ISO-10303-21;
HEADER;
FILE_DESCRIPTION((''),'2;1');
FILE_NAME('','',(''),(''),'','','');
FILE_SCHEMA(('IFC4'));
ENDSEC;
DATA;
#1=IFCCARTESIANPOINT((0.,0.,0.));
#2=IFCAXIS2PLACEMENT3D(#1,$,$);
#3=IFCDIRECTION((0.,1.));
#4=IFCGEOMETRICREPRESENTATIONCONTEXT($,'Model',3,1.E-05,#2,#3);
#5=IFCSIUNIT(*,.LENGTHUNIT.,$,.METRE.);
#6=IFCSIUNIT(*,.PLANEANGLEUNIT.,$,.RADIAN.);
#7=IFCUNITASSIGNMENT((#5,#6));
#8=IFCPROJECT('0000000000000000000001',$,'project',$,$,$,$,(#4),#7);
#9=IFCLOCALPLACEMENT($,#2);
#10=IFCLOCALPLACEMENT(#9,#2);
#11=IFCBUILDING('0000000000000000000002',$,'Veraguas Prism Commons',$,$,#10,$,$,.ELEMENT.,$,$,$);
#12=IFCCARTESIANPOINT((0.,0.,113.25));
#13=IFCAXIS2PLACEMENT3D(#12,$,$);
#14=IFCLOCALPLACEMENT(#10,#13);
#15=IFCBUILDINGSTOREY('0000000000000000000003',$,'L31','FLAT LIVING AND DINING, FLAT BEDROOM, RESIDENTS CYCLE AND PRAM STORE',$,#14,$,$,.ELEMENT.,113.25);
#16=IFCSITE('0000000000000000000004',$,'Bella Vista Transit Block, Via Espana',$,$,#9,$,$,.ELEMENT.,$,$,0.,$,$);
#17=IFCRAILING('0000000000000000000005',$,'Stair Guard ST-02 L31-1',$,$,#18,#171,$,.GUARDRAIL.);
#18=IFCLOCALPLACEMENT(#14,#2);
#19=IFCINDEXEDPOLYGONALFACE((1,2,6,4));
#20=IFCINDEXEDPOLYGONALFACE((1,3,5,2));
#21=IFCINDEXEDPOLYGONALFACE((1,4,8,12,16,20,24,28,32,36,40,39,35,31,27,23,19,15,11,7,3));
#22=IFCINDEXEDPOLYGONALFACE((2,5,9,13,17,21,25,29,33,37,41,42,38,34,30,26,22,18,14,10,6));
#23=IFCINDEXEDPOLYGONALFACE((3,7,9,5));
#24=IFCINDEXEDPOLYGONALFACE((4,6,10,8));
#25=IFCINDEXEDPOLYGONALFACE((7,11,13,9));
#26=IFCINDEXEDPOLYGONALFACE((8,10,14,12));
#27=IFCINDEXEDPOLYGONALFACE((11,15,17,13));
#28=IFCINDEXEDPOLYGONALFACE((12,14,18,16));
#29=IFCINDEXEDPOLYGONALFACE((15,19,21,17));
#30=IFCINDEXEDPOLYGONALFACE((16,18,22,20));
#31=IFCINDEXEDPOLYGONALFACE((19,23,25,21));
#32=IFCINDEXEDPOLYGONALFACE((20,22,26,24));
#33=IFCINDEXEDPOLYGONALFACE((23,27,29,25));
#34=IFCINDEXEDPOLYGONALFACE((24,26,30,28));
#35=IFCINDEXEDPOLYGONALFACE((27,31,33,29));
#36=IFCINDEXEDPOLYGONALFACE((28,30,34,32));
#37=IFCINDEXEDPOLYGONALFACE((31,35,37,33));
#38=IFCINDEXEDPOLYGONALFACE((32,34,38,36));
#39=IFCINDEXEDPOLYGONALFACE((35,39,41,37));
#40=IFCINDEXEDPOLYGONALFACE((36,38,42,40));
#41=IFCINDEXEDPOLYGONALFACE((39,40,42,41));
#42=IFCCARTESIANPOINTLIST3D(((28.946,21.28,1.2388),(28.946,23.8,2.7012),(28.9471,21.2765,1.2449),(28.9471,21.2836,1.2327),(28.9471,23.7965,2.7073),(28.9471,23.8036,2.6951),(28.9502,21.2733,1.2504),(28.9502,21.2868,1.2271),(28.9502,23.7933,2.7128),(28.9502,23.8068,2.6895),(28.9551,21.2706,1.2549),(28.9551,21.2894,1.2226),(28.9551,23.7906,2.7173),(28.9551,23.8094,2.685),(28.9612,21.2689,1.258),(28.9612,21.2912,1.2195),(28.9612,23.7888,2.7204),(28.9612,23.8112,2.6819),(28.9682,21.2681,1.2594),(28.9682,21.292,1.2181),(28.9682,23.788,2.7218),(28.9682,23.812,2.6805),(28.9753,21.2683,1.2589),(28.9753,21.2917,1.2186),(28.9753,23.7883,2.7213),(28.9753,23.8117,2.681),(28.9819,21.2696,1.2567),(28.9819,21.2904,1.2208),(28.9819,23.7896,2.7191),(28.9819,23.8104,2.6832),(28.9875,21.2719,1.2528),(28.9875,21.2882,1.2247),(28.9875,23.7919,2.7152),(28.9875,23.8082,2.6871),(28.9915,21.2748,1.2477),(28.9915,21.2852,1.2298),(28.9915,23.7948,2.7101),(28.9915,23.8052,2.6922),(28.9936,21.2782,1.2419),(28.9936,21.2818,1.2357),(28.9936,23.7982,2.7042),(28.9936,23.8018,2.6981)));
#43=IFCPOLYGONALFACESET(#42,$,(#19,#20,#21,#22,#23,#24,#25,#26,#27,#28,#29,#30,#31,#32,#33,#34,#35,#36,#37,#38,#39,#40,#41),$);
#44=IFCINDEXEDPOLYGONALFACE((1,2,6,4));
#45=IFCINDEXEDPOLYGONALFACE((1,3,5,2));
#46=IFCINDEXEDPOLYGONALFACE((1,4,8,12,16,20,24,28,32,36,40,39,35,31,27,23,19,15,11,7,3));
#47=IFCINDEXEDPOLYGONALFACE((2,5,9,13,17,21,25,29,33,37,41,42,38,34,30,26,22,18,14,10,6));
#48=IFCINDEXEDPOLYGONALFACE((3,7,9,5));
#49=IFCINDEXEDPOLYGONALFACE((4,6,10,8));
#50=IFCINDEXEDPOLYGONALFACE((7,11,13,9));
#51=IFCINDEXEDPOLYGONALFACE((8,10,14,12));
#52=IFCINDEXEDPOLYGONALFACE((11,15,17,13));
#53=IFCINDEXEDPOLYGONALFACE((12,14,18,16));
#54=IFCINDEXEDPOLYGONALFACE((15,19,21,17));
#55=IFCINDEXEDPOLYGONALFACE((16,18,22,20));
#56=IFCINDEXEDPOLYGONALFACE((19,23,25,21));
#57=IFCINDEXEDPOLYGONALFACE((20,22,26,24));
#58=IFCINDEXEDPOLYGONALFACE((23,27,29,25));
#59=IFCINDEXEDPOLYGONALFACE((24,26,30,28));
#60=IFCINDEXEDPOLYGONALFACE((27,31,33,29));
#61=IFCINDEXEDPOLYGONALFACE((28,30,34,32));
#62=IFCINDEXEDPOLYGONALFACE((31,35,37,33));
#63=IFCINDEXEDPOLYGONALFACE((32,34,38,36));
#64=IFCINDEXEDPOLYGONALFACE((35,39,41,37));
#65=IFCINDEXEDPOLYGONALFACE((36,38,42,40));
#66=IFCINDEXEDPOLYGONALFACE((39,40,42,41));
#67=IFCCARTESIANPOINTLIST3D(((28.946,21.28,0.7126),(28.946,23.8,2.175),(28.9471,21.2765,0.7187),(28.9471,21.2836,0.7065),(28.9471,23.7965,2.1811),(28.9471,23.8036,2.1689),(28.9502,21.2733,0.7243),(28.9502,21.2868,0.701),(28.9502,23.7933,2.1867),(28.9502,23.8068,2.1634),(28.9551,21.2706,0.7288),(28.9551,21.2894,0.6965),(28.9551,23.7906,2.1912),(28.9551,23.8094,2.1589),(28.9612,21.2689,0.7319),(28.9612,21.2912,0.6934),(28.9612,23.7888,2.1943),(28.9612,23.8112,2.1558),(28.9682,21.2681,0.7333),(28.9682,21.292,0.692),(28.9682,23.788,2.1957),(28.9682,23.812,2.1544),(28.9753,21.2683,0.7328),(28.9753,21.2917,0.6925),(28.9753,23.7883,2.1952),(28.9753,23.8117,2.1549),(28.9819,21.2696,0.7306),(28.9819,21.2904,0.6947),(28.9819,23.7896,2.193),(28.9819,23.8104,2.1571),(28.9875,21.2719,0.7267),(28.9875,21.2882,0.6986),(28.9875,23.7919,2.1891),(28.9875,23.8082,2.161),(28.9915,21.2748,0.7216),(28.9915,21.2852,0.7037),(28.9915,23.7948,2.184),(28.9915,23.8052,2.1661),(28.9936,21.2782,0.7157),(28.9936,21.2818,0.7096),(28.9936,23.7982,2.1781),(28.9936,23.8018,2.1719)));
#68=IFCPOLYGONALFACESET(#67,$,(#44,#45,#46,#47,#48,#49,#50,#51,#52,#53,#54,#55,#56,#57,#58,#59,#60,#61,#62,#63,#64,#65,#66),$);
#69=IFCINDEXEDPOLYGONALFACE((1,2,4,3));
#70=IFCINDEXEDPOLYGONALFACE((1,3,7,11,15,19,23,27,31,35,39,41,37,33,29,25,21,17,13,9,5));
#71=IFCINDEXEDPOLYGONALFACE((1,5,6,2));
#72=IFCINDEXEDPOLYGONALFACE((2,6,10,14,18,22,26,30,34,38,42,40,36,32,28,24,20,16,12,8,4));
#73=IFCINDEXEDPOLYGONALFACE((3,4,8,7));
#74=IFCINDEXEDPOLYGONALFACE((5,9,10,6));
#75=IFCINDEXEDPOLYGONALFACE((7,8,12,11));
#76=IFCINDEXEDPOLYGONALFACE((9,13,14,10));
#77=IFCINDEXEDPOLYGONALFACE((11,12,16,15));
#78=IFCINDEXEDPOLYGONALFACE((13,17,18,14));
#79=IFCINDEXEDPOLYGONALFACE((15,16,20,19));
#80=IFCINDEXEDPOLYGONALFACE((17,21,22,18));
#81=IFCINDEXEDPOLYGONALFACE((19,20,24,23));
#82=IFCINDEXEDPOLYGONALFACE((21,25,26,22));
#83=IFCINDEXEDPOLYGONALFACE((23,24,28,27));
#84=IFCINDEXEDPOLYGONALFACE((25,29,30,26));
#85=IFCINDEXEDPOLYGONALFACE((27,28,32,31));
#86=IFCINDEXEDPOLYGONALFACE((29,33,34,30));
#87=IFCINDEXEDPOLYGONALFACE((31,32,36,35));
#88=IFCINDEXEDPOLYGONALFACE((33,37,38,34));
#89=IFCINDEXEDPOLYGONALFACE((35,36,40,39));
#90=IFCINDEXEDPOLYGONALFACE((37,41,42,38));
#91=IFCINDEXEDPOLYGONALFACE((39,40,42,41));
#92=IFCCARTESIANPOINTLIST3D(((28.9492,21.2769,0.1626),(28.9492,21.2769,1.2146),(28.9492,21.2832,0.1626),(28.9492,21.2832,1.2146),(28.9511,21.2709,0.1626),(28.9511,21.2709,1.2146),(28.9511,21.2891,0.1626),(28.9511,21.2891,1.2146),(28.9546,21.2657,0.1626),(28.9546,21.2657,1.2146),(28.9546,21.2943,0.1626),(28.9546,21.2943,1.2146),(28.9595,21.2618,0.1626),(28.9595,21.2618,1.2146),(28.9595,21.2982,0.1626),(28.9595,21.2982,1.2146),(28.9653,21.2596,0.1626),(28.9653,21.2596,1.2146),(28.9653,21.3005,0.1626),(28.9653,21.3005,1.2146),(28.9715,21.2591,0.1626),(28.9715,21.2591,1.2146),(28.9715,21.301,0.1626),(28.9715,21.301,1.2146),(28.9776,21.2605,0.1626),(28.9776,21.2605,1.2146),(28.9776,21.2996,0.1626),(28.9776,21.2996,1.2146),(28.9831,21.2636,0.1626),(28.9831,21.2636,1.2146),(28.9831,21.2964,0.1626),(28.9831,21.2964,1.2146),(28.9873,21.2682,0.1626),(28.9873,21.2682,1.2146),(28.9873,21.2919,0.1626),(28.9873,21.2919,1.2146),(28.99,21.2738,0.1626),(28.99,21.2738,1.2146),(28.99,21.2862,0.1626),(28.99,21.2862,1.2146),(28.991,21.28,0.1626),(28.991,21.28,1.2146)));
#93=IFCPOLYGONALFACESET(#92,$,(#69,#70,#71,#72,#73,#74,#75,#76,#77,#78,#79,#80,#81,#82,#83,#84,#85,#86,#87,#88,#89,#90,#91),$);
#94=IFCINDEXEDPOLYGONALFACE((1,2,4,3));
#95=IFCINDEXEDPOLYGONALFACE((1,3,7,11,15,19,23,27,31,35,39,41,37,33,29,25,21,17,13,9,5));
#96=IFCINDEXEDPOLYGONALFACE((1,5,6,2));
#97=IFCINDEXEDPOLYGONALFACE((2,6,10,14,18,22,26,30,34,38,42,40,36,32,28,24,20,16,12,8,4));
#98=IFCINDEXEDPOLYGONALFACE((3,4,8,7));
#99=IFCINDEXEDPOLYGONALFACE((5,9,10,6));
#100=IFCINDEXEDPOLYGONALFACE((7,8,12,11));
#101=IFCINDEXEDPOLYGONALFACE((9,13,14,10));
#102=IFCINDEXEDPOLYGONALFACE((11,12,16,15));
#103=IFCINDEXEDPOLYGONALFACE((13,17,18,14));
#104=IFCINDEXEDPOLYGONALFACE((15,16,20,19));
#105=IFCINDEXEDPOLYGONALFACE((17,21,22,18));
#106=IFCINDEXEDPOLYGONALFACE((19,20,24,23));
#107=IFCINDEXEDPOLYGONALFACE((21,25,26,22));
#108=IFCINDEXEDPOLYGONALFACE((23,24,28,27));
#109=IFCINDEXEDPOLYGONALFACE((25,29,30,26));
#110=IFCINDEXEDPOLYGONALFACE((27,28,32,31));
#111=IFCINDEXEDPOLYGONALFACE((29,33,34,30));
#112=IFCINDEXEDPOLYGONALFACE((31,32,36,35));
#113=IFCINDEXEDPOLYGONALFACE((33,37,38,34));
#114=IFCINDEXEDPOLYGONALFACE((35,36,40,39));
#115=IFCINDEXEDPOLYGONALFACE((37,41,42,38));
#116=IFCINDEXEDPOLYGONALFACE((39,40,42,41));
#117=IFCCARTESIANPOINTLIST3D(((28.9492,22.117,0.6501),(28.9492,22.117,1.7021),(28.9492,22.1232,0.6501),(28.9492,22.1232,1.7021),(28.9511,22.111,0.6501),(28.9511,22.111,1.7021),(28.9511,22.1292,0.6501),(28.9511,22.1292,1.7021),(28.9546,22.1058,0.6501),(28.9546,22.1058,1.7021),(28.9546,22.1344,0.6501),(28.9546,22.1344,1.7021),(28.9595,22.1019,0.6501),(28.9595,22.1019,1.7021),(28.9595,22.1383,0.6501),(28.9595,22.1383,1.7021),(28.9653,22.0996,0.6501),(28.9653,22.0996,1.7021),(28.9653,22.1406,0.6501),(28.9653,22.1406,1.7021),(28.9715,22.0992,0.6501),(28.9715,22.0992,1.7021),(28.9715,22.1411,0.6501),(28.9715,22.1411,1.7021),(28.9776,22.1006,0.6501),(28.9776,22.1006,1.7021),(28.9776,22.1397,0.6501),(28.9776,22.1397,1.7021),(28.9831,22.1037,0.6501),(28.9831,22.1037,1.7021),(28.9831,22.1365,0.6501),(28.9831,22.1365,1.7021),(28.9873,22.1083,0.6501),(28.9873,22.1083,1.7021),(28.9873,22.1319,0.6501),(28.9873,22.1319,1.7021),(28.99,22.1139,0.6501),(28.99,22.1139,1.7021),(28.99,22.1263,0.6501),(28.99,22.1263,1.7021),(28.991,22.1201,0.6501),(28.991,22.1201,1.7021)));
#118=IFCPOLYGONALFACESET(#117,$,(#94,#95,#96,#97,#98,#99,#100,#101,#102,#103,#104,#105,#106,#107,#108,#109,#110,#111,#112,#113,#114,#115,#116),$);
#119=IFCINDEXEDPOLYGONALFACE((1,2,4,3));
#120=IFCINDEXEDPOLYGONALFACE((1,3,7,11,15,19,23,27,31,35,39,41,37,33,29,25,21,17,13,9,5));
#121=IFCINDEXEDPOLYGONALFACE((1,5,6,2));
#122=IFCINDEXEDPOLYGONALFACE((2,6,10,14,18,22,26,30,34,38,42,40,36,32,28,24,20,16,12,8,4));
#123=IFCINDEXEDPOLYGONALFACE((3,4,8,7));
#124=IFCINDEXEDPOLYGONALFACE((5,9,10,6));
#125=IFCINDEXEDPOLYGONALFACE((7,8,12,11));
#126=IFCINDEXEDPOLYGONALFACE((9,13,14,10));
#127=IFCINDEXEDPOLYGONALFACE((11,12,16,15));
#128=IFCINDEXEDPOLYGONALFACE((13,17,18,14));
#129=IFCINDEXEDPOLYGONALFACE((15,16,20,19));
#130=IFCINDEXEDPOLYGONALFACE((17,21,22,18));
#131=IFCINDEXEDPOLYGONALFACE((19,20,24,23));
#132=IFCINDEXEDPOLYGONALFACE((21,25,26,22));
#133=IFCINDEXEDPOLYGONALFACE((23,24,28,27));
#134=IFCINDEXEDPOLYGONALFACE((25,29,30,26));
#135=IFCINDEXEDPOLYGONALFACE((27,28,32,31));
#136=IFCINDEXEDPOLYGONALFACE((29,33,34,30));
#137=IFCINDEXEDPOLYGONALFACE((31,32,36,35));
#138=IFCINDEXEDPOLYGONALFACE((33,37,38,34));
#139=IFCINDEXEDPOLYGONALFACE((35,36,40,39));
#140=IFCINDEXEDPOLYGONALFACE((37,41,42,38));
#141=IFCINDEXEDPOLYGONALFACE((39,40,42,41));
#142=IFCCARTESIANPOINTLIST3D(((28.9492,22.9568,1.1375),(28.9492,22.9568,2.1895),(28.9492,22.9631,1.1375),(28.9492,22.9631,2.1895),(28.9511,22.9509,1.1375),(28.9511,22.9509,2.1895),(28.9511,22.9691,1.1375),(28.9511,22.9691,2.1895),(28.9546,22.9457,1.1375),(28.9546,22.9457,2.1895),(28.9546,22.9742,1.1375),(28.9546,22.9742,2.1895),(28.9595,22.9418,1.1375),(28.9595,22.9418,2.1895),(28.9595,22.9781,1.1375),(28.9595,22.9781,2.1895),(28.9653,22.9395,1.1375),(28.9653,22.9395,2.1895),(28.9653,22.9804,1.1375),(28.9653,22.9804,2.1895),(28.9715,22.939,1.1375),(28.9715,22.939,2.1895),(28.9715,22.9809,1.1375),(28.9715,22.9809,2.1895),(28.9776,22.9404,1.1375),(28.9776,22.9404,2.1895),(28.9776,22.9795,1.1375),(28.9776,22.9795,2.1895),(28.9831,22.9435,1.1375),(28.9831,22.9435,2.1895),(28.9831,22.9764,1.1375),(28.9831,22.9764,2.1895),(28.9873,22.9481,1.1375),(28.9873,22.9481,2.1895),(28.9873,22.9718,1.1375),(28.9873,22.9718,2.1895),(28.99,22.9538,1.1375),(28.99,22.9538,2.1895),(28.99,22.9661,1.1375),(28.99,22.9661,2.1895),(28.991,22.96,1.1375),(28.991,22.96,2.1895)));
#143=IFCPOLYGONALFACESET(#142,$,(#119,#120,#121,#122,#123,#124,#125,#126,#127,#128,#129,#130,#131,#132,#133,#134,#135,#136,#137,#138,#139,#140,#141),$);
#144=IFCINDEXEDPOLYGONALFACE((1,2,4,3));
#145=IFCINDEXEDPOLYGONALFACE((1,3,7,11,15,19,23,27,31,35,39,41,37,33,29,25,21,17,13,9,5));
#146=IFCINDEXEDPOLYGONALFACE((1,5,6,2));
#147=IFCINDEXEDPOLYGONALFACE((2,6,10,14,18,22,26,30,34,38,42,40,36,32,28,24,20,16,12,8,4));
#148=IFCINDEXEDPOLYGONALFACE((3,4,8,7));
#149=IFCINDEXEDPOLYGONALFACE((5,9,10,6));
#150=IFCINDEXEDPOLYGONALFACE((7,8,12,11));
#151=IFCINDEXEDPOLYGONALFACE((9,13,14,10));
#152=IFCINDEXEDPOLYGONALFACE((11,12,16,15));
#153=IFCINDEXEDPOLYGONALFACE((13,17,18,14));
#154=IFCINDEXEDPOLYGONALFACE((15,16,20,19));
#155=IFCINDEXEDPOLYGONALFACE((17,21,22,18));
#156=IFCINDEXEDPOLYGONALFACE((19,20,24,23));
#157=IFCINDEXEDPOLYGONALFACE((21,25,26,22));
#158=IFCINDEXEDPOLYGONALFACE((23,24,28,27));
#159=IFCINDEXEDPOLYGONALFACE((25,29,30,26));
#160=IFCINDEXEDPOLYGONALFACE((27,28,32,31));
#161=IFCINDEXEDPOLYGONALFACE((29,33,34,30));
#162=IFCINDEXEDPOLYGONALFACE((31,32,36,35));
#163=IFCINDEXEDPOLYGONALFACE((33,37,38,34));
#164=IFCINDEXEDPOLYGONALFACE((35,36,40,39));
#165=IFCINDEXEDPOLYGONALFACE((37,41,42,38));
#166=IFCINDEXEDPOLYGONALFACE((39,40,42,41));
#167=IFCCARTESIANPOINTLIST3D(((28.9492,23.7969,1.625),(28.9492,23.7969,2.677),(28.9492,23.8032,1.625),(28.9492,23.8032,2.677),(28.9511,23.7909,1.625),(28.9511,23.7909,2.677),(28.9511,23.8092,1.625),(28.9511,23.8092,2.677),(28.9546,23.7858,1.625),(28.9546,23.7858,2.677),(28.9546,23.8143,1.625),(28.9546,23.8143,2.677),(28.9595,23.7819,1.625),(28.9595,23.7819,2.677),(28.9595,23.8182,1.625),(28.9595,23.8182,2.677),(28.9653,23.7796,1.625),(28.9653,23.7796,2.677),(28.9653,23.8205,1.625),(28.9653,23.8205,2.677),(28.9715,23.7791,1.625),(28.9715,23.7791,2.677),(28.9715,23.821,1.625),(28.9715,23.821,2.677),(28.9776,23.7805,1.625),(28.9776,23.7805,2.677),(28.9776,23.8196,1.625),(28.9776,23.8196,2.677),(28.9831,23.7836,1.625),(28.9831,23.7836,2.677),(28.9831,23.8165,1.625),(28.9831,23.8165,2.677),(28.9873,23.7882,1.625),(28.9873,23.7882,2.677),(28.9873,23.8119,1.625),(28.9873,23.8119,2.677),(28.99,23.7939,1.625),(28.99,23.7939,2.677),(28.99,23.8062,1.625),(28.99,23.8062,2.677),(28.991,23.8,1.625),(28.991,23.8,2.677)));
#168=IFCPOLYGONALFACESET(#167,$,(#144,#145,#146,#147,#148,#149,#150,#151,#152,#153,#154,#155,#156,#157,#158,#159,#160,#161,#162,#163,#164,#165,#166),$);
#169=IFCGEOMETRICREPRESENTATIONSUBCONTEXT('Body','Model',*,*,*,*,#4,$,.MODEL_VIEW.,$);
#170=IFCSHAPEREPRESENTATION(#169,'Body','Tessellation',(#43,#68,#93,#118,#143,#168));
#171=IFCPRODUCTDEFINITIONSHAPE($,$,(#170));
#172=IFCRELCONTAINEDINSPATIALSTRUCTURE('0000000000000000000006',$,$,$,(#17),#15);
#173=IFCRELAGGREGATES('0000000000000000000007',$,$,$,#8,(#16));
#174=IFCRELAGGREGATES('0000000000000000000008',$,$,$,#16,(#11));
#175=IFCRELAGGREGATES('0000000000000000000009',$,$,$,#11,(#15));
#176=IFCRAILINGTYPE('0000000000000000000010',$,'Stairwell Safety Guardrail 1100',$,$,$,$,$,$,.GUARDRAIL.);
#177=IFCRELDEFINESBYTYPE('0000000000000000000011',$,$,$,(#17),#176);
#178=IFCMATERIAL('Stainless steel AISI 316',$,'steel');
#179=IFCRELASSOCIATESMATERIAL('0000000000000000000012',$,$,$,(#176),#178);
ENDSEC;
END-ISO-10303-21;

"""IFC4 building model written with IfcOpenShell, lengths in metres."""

from ifc_helpers import new_model, si_unit, direction, frame, origin, origin_2d, place, context, subcontext, project, spatial, circle, extrude, material, type_object, element, save


model = new_model("IFC4")

# Units and contexts
model_context = context("Model", 3, precision=1e-05, world=origin(), true_north=direction((0.0, 1.0)))
body_context = subcontext(model_context, "Body", "Model", "MODEL_VIEW")
ifc_project = project(units=[si_unit("LENGTHUNIT", "METRE"), si_unit("PLANEANGLEUNIT", "RADIAN")], contexts=[model_context])

# Site, building, storey
site_placement = place(None, origin())
site = spatial("IfcSite", under=ifc_project, at=site_placement, Name="Bella Vista Transit Block, Via Espana", CompositionType="ELEMENT", RefElevation=0.0)
building_placement = place(site_placement, origin())
building = spatial("IfcBuilding", under=site, at=building_placement, Name="Veraguas Prism Commons", CompositionType="ELEMENT")
storey_placement = place(building_placement, frame((0.0, 0.0, 113.25)))
storey = spatial("IfcBuildingStorey", under=building, at=storey_placement, Name="L31", Description="FLAT LIVING AND DINING, FLAT BEDROOM, RESIDENTS CYCLE AND PRAM STORE", CompositionType="ELEMENT", Elevation=113.25)

# Shared definitions
ifc_material_1 = material(Name="Stainless steel AISI 316", Category="steel")

# Railing
railing_type_1 = type_object("IfcRailingType", Name="Stairwell Safety Guardrail 1100", PredefinedType="GUARDRAIL", material=ifc_material_1)
railing_1_placement = place(storey_placement, frame((28.97, 21.28, 0.1626)))
element("IfcRailing", 1, at=railing_1_placement, inside=storey, type_object=railing_type_1, Name="Stair Guard ST-02 L31-1", PredefinedType="GUARDRAIL", context=body_context, shape_type="SweptSolid", body=[
    extrude(circle(Radius=0.0239, at=origin_2d()), frame((0.0, 0.0, 1.0762), z_axis=(0.0, 0.864913, 0.501921), x_axis=(-1.0, 0.0, 0.0)), (0.0, 0.0, 1.0), 2.9136),
    extrude(circle(Radius=0.0239, at=origin_2d()), frame((0.0, 0.0, 0.55), z_axis=(0.0, 0.864913, 0.501921), x_axis=(-1.0, 0.0, 0.0)), (0.0, 0.0, 1.0), 2.9136),
    extrude(circle(Radius=0.021, at=origin_2d()), origin(), (0.0, 0.0, 1.0), 1.052),
    extrude(circle(Radius=0.021, at=origin_2d()), frame((0.0, 0.8401, 0.4875)), (0.0, 0.0, 1.0), 1.052),
    extrude(circle(Radius=0.021, at=origin_2d()), frame((0.0, 1.6799, 0.9749)), (0.0, 0.0, 1.0), 1.052),
    extrude(circle(Radius=0.021, at=origin_2d()), frame((0.0, 2.52, 1.4624)), (0.0, 0.0, 1.0), 1.052),
])

save(model, "model.ifc")
